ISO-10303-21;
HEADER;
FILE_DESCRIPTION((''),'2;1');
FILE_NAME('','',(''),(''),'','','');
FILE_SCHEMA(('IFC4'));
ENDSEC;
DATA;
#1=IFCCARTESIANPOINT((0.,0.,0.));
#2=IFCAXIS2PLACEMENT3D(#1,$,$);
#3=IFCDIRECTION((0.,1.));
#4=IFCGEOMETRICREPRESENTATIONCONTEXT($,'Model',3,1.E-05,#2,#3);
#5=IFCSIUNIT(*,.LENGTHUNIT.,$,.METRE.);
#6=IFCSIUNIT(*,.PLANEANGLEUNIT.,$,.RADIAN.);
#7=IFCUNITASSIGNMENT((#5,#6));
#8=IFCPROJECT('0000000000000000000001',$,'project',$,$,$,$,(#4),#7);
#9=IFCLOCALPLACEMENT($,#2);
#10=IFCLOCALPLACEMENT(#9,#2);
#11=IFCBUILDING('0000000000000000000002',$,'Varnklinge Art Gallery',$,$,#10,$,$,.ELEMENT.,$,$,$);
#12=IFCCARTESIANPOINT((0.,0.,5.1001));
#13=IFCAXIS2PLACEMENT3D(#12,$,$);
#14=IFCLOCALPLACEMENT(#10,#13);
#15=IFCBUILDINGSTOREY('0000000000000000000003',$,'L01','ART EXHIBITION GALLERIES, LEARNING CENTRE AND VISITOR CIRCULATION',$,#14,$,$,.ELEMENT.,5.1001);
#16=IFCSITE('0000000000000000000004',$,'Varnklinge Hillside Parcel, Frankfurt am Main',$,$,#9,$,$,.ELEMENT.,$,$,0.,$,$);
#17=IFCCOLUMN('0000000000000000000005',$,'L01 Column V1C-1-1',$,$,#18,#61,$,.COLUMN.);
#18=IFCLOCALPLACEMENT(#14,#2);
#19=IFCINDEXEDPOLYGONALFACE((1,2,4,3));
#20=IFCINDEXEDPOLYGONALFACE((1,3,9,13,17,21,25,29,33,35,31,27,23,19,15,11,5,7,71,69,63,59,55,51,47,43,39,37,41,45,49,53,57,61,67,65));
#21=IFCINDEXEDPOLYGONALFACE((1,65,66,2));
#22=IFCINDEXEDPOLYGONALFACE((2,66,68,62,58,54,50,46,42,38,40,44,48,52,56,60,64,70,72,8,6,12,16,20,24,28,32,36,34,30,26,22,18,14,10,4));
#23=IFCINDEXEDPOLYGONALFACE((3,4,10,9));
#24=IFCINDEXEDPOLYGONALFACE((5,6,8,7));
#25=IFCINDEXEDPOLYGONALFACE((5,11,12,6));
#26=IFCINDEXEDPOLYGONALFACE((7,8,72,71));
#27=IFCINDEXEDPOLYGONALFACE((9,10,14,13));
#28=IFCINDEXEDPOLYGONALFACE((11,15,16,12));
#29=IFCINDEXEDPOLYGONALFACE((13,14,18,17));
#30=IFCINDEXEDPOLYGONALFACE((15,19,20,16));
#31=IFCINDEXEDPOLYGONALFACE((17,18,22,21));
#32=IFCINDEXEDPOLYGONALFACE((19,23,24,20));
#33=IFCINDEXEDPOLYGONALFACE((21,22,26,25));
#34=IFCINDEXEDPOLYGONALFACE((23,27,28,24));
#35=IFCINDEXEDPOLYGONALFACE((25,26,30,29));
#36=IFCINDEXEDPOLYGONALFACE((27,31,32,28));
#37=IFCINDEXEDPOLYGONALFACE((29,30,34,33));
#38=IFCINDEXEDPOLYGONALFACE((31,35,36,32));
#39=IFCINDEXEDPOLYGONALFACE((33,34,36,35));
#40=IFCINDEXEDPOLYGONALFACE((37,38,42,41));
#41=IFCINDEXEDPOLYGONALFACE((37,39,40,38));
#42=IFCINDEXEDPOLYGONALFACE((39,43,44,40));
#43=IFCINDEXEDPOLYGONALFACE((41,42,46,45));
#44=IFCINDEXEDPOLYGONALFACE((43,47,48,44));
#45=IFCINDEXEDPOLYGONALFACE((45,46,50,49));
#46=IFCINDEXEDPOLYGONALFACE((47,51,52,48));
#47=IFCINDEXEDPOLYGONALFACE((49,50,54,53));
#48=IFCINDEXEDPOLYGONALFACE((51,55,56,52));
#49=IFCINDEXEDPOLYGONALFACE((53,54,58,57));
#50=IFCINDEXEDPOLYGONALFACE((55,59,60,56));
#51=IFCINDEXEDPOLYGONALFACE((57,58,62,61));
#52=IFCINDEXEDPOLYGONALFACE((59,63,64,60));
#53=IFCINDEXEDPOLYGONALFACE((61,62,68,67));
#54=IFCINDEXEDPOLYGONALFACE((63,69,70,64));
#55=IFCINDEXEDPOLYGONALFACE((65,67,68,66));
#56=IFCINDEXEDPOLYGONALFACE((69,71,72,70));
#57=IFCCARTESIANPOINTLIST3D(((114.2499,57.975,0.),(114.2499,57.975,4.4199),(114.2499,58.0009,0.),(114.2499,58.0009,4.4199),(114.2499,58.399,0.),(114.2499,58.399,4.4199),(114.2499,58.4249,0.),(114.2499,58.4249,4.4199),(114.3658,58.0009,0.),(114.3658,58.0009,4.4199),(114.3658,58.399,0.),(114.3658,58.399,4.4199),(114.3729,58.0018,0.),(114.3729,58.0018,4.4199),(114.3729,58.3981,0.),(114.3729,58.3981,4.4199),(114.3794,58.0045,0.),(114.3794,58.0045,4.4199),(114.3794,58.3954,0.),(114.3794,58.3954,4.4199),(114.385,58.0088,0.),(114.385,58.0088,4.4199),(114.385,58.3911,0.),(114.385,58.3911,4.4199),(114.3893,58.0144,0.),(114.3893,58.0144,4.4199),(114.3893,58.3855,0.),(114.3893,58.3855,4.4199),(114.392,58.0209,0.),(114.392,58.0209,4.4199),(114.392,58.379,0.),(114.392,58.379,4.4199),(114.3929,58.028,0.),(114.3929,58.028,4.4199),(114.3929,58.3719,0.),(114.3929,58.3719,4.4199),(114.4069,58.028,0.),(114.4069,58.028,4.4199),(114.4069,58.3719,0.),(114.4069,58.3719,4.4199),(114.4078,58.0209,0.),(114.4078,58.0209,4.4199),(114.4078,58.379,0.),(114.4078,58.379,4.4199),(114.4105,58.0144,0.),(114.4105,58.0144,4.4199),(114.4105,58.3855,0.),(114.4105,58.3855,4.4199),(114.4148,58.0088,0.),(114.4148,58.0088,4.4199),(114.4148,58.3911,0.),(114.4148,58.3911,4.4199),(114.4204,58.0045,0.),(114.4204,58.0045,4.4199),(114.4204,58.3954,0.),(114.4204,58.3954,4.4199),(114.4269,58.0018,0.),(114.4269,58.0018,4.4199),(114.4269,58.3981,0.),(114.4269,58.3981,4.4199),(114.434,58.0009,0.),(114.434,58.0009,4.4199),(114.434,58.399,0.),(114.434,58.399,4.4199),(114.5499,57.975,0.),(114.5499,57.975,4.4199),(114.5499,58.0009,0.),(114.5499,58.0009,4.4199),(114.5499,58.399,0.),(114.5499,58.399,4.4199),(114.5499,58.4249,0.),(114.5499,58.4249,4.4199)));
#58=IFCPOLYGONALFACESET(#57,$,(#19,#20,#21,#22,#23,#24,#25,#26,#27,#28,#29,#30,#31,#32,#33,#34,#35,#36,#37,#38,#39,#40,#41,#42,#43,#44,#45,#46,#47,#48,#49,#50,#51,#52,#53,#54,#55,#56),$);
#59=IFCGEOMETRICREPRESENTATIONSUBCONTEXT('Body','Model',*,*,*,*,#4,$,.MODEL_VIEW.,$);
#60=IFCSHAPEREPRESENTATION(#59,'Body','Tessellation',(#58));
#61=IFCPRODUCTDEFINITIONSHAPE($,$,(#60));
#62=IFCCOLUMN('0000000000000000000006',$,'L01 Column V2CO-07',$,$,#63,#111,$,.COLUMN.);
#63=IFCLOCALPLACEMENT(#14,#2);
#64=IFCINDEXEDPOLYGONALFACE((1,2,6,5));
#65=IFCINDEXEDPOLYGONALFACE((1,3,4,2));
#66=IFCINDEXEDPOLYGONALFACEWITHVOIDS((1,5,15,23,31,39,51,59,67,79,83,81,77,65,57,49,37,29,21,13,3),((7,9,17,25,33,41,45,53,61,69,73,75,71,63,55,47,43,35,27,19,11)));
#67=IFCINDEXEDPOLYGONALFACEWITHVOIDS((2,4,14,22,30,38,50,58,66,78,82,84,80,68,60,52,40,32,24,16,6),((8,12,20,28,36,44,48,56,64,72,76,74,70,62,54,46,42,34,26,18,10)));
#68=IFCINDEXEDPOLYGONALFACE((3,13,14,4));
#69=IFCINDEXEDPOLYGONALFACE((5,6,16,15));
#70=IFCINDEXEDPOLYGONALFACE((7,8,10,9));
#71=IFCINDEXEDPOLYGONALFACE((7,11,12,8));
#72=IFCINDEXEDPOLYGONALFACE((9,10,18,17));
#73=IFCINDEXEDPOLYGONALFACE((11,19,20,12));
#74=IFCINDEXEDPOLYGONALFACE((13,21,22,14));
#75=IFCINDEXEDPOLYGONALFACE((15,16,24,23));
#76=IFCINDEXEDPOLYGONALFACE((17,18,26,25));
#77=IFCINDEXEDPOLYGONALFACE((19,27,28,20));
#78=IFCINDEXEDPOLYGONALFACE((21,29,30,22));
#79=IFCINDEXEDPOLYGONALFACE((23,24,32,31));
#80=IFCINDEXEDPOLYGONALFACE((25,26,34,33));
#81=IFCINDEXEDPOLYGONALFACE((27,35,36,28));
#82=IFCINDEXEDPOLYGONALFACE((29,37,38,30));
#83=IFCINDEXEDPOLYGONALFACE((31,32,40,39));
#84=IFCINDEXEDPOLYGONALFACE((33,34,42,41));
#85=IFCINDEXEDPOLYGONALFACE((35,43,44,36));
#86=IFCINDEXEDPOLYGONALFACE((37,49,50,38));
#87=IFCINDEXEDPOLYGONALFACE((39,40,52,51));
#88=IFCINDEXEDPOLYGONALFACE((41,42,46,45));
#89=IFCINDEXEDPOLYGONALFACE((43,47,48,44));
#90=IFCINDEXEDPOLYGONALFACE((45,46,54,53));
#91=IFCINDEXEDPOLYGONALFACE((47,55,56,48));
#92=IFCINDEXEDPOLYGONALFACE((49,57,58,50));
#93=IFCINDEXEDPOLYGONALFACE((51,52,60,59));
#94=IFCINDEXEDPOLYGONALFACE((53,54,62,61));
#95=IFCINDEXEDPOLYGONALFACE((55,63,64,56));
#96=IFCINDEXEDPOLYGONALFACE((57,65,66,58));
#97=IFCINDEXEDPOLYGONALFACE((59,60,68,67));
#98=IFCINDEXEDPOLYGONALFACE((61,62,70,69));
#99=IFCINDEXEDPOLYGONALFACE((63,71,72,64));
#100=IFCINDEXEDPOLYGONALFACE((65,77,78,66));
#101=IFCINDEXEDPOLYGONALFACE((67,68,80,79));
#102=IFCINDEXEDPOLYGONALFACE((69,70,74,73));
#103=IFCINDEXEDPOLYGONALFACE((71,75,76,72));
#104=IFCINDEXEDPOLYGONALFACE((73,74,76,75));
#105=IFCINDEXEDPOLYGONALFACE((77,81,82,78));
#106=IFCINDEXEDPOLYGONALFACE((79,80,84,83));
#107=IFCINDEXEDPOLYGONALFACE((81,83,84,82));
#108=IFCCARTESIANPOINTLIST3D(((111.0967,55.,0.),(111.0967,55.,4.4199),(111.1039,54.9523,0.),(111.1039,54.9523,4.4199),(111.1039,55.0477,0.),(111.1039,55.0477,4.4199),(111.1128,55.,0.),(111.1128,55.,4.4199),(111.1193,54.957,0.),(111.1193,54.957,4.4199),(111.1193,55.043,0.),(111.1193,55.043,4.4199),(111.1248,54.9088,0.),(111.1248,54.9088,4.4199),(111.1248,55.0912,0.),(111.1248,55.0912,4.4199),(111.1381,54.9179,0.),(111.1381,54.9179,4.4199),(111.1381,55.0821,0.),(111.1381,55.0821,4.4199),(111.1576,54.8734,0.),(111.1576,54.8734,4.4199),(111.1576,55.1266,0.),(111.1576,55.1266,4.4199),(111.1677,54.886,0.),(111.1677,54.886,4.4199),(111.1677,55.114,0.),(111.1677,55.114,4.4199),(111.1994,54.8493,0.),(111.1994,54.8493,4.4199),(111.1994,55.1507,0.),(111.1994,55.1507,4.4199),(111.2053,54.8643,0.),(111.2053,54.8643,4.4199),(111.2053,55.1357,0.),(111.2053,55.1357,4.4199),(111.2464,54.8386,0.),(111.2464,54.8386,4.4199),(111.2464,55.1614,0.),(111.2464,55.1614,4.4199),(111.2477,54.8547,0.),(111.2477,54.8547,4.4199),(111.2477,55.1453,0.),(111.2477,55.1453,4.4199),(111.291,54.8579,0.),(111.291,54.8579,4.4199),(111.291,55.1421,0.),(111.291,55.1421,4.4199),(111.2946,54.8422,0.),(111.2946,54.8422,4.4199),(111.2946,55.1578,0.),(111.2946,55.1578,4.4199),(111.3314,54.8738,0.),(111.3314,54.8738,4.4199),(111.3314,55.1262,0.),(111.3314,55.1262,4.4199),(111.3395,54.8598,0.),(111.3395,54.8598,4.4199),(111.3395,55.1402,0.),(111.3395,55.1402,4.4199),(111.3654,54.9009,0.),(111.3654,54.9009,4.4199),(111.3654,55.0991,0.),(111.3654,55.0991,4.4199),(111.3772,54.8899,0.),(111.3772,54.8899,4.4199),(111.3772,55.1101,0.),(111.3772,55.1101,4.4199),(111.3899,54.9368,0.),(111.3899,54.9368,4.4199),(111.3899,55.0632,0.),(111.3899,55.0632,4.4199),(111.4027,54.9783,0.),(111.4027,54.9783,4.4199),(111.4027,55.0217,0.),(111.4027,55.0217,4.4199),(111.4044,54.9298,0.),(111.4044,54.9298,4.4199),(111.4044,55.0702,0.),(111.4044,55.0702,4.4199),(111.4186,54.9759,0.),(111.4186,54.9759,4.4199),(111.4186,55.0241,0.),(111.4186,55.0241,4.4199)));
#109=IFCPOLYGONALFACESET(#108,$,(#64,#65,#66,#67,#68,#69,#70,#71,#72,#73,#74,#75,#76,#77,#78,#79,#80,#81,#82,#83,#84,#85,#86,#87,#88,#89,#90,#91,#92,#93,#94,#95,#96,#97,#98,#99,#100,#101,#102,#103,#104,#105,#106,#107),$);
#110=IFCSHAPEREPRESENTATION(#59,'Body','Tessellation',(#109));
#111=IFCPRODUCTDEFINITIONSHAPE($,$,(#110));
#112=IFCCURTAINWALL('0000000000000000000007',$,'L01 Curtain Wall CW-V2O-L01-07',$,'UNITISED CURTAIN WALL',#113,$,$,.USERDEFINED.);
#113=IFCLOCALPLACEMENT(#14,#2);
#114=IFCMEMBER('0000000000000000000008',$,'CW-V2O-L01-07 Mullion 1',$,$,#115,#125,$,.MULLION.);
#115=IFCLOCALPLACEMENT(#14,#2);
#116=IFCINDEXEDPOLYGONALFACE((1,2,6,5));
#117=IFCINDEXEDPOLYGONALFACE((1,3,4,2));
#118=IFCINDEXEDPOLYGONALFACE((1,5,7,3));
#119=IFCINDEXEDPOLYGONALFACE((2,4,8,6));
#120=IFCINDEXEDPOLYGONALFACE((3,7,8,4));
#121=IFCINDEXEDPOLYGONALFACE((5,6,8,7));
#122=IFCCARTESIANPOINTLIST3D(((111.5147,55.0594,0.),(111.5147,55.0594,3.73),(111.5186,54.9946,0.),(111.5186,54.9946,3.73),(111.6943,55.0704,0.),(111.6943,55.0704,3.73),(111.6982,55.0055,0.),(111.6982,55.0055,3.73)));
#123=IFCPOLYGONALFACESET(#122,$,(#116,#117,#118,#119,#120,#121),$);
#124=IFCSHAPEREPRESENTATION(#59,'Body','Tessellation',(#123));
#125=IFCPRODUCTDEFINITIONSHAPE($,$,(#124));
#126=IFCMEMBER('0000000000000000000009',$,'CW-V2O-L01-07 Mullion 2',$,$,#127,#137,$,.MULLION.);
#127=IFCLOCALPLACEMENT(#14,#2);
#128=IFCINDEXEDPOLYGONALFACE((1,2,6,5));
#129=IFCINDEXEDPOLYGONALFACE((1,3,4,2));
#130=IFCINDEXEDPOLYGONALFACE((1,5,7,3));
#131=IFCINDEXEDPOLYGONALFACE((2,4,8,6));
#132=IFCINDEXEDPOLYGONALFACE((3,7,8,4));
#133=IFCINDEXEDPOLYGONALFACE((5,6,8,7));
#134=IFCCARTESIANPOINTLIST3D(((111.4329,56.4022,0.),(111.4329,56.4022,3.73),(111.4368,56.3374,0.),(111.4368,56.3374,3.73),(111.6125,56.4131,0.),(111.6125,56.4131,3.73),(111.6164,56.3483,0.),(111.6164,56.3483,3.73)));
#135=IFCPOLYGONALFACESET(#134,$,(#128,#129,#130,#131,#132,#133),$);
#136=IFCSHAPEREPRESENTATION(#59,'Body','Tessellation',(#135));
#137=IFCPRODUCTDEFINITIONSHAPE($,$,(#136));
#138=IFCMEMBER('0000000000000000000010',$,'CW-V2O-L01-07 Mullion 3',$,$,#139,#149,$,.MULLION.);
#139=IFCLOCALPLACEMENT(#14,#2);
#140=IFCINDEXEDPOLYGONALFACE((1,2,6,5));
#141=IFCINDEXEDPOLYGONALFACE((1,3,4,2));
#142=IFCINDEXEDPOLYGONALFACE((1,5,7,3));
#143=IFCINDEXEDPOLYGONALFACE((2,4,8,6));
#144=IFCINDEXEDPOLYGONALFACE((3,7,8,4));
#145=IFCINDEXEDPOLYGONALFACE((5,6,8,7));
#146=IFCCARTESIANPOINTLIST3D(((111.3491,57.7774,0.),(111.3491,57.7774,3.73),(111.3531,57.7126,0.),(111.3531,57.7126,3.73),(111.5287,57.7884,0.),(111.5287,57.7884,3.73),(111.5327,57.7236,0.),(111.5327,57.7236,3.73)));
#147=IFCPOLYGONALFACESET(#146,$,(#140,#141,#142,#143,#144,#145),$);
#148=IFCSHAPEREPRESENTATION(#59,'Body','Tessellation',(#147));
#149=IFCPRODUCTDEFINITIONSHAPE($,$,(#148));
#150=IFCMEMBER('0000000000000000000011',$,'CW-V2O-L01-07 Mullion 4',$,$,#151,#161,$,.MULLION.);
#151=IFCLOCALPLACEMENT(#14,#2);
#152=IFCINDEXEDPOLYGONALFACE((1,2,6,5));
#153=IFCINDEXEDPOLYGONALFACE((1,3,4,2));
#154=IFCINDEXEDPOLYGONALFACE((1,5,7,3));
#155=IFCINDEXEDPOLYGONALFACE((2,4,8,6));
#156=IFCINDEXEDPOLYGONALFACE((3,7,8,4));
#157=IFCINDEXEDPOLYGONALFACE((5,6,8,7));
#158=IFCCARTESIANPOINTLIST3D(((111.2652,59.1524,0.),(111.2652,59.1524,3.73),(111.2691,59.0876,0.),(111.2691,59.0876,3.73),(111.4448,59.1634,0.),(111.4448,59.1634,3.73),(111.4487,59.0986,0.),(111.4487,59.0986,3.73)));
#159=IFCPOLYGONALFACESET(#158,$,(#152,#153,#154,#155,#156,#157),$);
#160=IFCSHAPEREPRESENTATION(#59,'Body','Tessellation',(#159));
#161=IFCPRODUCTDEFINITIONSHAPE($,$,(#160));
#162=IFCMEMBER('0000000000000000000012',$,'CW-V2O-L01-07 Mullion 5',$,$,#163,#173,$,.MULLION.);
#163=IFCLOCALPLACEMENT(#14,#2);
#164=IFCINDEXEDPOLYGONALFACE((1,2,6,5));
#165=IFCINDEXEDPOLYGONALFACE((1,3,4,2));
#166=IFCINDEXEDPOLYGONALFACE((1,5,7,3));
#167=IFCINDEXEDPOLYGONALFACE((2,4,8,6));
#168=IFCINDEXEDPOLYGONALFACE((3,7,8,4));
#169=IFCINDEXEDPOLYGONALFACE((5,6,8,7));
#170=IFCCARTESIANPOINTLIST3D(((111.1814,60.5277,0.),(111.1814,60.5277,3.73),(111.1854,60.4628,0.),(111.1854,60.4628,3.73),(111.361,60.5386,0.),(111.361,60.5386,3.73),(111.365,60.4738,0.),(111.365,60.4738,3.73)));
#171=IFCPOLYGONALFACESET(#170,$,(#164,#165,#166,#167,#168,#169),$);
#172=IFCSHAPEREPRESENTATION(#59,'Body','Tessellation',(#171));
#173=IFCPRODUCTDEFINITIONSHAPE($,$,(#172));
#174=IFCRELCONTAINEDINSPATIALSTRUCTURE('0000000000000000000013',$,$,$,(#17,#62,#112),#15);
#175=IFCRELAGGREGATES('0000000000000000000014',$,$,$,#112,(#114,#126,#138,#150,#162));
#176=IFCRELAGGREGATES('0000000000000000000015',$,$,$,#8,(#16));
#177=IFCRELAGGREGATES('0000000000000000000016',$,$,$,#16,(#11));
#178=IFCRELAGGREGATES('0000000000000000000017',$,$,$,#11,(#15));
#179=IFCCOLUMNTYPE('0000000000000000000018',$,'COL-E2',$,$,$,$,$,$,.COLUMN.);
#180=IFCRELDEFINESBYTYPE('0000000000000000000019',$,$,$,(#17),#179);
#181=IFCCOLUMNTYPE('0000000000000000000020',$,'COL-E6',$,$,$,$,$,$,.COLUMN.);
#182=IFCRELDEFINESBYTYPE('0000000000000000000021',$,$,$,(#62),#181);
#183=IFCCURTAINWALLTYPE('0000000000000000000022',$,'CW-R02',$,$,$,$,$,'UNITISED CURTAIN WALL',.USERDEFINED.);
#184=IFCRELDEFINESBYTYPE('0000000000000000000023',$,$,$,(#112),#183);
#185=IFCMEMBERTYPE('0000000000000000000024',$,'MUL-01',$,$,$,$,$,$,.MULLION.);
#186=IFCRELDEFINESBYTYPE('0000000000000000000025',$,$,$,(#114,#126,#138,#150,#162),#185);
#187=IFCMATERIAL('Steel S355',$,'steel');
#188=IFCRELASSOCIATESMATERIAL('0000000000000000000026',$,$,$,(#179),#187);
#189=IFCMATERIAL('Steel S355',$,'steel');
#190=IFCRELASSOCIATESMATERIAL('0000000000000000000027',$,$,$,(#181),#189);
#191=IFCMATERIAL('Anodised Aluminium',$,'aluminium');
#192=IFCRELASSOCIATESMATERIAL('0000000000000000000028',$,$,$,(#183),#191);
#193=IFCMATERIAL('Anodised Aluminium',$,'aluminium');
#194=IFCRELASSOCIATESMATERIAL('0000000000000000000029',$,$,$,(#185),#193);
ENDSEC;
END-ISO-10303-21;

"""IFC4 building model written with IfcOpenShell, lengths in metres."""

from ifc_helpers import new_model, si_unit, direction, frame, origin, origin_2d, place, context, subcontext, project, spatial, rectangle, hollow_circle, i_section, extrude, material, material_profile, profile_set, type_object, element, aggregate, save


model = new_model("IFC4")

# Units and contexts
model_context = context("Model", 3, precision=1e-05, world=origin(), true_north=direction((0.0, 1.0)))
body_context = subcontext(model_context, "Body", "Model", "MODEL_VIEW")
ifc_project = project(units=[si_unit("LENGTHUNIT", "METRE"), si_unit("PLANEANGLEUNIT", "RADIAN")], contexts=[model_context])

# Site, building, storey
site_placement = place(None, origin())
site = spatial("IfcSite", under=ifc_project, at=site_placement, Name="Varnklinge Hillside Parcel, Frankfurt am Main", CompositionType="ELEMENT", RefElevation=0.0)
building_placement = place(site_placement, origin())
building = spatial("IfcBuilding", under=site, at=building_placement, Name="Varnklinge Art Gallery", CompositionType="ELEMENT")
storey_placement = place(building_placement, frame((0.0, 0.0, 5.1001)))
storey = spatial("IfcBuildingStorey", under=building, at=storey_placement, Name="L01", Description="ART EXHIBITION GALLERIES, LEARNING CENTRE AND VISITOR CIRCULATION", CompositionType="ELEMENT", Elevation=5.1001)

# Columns
ifc_material_1 = material(Name="Steel S355", Category="steel")
ifc_material_profile_1 = material_profile(ifc_material_1, i_section(OverallWidth=0.3, OverallDepth=0.45, WebThickness=0.0139, FlangeThickness=0.0259, FilletRadius=0.0271, at=origin_2d()), Name="HEB 450")
ifc_profile_set_1 = profile_set([ifc_material_profile_1], Name="Steel S355")
column_type_1 = type_object("IfcColumnType", Name="COL-E2", PredefinedType="COLUMN", material=ifc_profile_set_1)
column_1_placement = place(storey_placement, frame((114.3999, 58.2, 0.0), z_axis=(0.0, 0.0, 1.0), x_axis=(1.0, 0.0, 0.0)))
element("IfcColumn", 1, at=column_1_placement, inside=storey, type_object=column_type_1, Name="L01 Column V1C-1-1", PredefinedType="COLUMN", context=body_context, shape_type="SweptSolid", body=[
    extrude(i_section(OverallWidth=0.3, OverallDepth=0.45, WebThickness=0.0139, FlangeThickness=0.0259, FilletRadius=0.0271, at=origin_2d()), origin(), (0.0, 0.0, 1.0), 4.4199),
])
ifc_material_2 = material(Name="Steel S355", Category="steel")
ifc_material_profile_2 = material_profile(ifc_material_2, hollow_circle(Radius=0.1619, WallThickness=0.0161, at=origin_2d()), Name="CHS 323.9x16")
ifc_profile_set_2 = profile_set([ifc_material_profile_2], Name="Steel S355")
column_type_2 = type_object("IfcColumnType", Name="COL-E6", PredefinedType="COLUMN", material=ifc_profile_set_2)
column_2_placement = place(storey_placement, frame((111.2585, 55.0, 0.0), z_axis=(0.0, 0.0, 1.0), x_axis=(-1.0, 0.0, 0.0)))
element("IfcColumn", 2, at=column_2_placement, inside=storey, type_object=column_type_2, Name="L01 Column V2CO-07", PredefinedType="COLUMN", context=body_context, shape_type="SweptSolid", body=[
    extrude(hollow_circle(Radius=0.1619, WallThickness=0.0161, at=origin_2d()), origin(), (0.0, 0.0, 1.0), 4.4199),
])

# Curtain wall, members
ifc_material_3 = material(Name="Anodised Aluminium", Category="aluminium")
curtain_wall_type = type_object("IfcCurtainWallType", Name="CW-R02", ElementType="UNITISED CURTAIN WALL", PredefinedType="USERDEFINED", material=ifc_material_3)
curtain_wall_placement = place(storey_placement, origin())
curtain_wall = element("IfcCurtainWall", 3, at=curtain_wall_placement, inside=storey, type_object=curtain_wall_type, Name="L01 Curtain Wall CW-V2O-L01-07", ObjectType="UNITISED CURTAIN WALL", PredefinedType="USERDEFINED")
ifc_material_4 = material(Name="Anodised Aluminium", Category="aluminium")
ifc_material_profile_3 = material_profile(ifc_material_4, rectangle(XDim=0.0649, YDim=0.1799, at=origin_2d()), Name="ALU 65x180")
ifc_profile_set_3 = profile_set([ifc_material_profile_3], Name="Anodised Aluminium")
member_type_1 = type_object("IfcMemberType", Name="MUL-01", PredefinedType="MULLION", material=ifc_profile_set_3)
member_1_placement = place(storey_placement, frame((111.6064, 55.0325, 0.0), z_axis=(0.0, 0.0, 1.0), x_axis=(-0.060874, 0.998145, 0.0)))
member_1 = element("IfcMember", 4, at=member_1_placement, type_object=member_type_1, Name="CW-V2O-L01-07 Mullion 1", PredefinedType="MULLION", context=body_context, shape_type="SweptSolid", body=[
    extrude(rectangle(XDim=0.0649, YDim=0.1799, at=origin_2d()), origin(), (0.0, 0.0, 1.0), 3.73),
])
member_2_placement = place(storey_placement, frame((111.5247, 56.3752, 0.0), z_axis=(0.0, 0.0, 1.0), x_axis=(-0.060874, 0.998145, 0.0)))
member_2 = element("IfcMember", 5, at=member_2_placement, type_object=member_type_1, Name="CW-V2O-L01-07 Mullion 2", PredefinedType="MULLION", context=body_context, shape_type="SweptSolid", body=[
    extrude(rectangle(XDim=0.0649, YDim=0.1799, at=origin_2d()), origin(), (0.0, 0.0, 1.0), 3.73),
])
member_3_placement = place(storey_placement, frame((111.4409, 57.7505, 0.0), z_axis=(0.0, 0.0, 1.0), x_axis=(-0.060874, 0.998145, 0.0)))
member_3 = element("IfcMember", 6, at=member_3_placement, type_object=member_type_1, Name="CW-V2O-L01-07 Mullion 3", PredefinedType="MULLION", context=body_context, shape_type="SweptSolid", body=[
    extrude(rectangle(XDim=0.0649, YDim=0.1799, at=origin_2d()), origin(), (0.0, 0.0, 1.0), 3.73),
])
member_4_placement = place(storey_placement, frame((111.3569, 59.1255, 0.0), z_axis=(0.0, 0.0, 1.0), x_axis=(-0.060874, 0.998145, 0.0)))
member_4 = element("IfcMember", 7, at=member_4_placement, type_object=member_type_1, Name="CW-V2O-L01-07 Mullion 4", PredefinedType="MULLION", context=body_context, shape_type="SweptSolid", body=[
    extrude(rectangle(XDim=0.0649, YDim=0.1799, at=origin_2d()), origin(), (0.0, 0.0, 1.0), 3.73),
])
member_5_placement = place(storey_placement, frame((111.2732, 60.5007, 0.0), z_axis=(0.0, 0.0, 1.0), x_axis=(-0.060874, 0.998145, 0.0)))
member_5 = element("IfcMember", 8, at=member_5_placement, type_object=member_type_1, Name="CW-V2O-L01-07 Mullion 5", PredefinedType="MULLION", context=body_context, shape_type="SweptSolid", body=[
    extrude(rectangle(XDim=0.0649, YDim=0.1799, at=origin_2d()), origin(), (0.0, 0.0, 1.0), 3.73),
])

aggregate(curtain_wall, [member_1, member_2, member_3, member_4, member_5])

save(model, "model.ifc")
